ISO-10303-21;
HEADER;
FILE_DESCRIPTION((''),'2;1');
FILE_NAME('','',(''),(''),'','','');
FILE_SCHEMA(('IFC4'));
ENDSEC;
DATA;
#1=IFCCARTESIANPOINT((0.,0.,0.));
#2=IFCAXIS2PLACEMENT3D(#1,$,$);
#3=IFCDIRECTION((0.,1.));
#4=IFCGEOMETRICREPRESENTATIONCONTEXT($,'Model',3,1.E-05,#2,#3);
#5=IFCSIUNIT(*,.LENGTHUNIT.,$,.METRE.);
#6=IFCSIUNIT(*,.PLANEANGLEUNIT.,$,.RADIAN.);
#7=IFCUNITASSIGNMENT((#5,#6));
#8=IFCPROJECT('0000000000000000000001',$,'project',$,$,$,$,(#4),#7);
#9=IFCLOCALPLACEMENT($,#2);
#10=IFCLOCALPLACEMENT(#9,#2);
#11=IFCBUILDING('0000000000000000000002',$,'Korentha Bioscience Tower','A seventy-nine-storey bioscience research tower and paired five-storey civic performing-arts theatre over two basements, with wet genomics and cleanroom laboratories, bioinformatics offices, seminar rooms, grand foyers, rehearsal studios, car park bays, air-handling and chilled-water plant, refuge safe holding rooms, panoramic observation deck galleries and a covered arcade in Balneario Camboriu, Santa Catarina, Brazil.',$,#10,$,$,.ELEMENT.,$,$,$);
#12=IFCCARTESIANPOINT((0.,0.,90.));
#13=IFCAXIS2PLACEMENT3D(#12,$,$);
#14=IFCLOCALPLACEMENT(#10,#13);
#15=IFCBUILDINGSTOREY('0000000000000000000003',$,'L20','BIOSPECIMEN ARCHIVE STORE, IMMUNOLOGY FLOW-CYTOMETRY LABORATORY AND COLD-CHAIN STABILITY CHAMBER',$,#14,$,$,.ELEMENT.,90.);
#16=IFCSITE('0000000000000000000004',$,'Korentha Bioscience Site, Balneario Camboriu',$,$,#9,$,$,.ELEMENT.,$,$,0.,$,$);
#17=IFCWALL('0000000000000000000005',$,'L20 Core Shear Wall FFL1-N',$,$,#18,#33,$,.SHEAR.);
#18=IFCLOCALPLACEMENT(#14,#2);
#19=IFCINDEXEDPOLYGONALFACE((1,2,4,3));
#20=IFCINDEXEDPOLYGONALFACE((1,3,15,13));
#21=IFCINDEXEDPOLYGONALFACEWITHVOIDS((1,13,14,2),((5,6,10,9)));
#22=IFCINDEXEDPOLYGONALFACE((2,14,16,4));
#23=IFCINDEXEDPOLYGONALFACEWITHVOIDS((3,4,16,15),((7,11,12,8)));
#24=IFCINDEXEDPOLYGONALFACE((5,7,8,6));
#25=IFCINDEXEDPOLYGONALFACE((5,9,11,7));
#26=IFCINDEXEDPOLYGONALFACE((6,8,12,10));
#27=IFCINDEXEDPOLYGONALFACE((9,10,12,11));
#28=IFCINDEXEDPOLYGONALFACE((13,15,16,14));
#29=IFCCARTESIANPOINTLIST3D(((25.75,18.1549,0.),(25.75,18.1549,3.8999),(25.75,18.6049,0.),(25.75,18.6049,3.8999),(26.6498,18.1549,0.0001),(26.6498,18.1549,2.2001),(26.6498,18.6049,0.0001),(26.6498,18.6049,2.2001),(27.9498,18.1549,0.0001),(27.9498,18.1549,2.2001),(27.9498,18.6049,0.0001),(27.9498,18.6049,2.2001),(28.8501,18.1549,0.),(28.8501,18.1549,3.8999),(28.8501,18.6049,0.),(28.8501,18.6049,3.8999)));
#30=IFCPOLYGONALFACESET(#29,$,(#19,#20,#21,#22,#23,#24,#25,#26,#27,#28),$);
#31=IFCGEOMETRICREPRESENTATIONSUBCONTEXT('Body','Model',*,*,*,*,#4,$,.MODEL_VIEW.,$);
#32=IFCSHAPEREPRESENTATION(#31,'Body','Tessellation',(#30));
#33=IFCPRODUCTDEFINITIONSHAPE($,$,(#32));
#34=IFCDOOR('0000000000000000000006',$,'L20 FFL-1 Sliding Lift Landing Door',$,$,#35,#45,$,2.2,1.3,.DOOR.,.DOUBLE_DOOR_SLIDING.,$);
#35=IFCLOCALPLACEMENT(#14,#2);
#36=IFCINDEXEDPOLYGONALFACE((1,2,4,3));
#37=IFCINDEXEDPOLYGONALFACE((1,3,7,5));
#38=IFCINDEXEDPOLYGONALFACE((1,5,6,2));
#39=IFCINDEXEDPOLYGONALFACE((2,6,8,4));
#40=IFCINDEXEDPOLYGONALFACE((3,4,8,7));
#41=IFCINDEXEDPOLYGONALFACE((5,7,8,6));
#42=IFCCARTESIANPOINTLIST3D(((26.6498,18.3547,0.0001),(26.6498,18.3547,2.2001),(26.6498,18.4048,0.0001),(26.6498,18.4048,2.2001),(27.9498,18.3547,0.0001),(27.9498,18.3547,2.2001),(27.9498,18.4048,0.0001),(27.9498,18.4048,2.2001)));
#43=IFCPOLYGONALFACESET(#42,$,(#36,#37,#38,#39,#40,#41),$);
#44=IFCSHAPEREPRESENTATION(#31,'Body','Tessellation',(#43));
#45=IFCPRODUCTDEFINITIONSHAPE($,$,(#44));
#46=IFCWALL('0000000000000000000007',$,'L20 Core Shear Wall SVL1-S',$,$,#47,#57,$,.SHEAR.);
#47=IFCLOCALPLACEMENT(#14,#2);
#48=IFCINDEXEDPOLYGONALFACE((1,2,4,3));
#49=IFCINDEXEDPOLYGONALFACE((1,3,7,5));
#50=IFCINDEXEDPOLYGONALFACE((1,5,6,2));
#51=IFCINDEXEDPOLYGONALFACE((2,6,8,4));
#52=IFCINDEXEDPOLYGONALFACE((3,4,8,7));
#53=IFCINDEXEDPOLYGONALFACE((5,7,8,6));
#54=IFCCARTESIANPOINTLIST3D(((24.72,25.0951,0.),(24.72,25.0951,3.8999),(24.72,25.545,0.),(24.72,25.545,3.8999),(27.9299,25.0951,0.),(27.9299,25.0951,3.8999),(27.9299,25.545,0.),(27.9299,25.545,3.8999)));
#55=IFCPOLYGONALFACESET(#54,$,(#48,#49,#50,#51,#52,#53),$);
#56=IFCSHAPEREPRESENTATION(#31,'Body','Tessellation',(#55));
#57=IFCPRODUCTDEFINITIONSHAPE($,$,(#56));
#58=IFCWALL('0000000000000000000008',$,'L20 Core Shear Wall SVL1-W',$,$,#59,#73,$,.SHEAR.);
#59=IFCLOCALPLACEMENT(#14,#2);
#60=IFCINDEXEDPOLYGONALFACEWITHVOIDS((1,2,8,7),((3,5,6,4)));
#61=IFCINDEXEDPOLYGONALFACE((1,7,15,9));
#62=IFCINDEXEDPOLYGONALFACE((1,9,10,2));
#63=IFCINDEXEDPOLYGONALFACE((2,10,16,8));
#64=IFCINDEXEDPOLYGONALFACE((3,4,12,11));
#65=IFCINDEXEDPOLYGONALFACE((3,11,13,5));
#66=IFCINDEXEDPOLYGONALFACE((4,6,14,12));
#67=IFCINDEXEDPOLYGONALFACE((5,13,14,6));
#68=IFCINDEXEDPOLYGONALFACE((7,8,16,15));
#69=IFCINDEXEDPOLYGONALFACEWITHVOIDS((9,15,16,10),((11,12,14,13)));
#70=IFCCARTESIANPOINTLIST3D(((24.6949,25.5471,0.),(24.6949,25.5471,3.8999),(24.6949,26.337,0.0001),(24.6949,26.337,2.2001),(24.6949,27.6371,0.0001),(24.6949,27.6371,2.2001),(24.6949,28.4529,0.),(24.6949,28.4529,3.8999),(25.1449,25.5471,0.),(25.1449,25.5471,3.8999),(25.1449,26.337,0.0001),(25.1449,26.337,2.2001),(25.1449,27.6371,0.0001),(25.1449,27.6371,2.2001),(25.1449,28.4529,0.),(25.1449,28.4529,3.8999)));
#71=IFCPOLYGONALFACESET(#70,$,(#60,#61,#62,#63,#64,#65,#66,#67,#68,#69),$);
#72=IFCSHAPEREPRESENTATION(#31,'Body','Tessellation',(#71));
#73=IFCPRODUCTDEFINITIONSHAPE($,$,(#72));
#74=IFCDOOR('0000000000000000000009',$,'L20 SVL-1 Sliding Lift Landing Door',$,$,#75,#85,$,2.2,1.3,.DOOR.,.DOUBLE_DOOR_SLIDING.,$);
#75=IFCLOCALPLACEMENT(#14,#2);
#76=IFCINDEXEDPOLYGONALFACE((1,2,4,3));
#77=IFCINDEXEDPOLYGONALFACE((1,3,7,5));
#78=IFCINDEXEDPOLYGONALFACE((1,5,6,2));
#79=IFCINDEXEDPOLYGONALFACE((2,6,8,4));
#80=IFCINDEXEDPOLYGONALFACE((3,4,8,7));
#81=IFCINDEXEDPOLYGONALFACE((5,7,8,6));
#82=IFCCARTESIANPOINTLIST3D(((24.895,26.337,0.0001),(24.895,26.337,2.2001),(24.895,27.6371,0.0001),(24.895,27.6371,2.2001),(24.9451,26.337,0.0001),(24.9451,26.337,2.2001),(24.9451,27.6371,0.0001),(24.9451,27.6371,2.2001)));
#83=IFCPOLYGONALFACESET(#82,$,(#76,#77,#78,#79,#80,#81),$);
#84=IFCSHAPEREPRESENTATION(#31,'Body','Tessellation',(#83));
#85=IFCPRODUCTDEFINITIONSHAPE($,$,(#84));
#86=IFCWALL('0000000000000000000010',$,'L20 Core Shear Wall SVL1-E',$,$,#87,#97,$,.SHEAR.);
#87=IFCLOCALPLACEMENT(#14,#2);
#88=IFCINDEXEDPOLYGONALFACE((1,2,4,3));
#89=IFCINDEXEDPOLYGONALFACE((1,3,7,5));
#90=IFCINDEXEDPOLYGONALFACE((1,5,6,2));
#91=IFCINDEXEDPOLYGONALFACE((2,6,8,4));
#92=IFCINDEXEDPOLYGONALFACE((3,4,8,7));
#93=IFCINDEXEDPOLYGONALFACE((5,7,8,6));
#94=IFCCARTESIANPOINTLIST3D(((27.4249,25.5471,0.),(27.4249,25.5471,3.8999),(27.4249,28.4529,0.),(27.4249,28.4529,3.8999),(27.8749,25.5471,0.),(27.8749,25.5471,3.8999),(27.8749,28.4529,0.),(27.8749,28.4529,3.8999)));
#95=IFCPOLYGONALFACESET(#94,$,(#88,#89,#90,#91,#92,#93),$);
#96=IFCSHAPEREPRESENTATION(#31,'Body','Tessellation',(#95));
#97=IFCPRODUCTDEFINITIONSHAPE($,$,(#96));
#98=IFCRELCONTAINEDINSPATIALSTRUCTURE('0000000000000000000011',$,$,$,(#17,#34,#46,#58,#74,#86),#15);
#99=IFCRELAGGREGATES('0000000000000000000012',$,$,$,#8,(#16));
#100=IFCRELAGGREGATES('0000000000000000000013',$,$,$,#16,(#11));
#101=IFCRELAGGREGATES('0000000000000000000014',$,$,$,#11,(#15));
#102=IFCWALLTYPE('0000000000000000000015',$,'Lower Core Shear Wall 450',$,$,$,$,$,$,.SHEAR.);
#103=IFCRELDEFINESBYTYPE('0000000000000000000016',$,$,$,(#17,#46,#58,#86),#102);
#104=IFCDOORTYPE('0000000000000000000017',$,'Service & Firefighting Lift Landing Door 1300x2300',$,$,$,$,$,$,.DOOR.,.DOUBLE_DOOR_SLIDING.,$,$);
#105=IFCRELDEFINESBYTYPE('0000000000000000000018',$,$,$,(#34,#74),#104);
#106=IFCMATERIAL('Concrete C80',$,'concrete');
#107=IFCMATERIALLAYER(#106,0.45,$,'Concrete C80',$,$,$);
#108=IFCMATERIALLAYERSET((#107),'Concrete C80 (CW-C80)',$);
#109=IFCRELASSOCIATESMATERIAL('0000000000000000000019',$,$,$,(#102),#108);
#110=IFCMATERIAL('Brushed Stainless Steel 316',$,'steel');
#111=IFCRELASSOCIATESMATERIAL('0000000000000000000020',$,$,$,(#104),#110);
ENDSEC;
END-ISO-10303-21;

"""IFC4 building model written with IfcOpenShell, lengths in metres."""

from ifc_helpers import new_model, si_unit, direction, frame, frame_2d, origin, place, context, subcontext, project, spatial, rectangle, extrude, material, layer, layer_set, type_object, element, fill, save


model = new_model("IFC4")

# Units and contexts
model_context = context("Model", 3, precision=1e-05, world=origin(), true_north=direction((0.0, 1.0)))
body_context = subcontext(model_context, "Body", "Model", "MODEL_VIEW")
ifc_project = project(units=[si_unit("LENGTHUNIT", "METRE"), si_unit("PLANEANGLEUNIT", "RADIAN")], contexts=[model_context])

# Site, building, storey
site_placement = place(None, origin())
site = spatial("IfcSite", under=ifc_project, at=site_placement, Name="Korentha Bioscience Site, Balneario Camboriu", CompositionType="ELEMENT", RefElevation=0.0)
building_placement = place(site_placement, origin())
building = spatial("IfcBuilding", under=site, at=building_placement, Name="Korentha Bioscience Tower", Description="A seventy-nine-storey bioscience research tower and paired five-storey civic performing-arts theatre over two basements, with wet genomics and cleanroom laboratories, bioinformatics offices, seminar rooms, grand foyers, rehearsal studios, car park bays, air-handling and chilled-water plant, refuge safe holding rooms, panoramic observation deck galleries and a covered arcade in Balneario Camboriu, Santa Catarina, Brazil.", CompositionType="ELEMENT")
storey_placement = place(building_placement, frame((0.0, 0.0, 90.0)))
storey = spatial("IfcBuildingStorey", under=building, at=storey_placement, Name="L20", Description="BIOSPECIMEN ARCHIVE STORE, IMMUNOLOGY FLOW-CYTOMETRY LABORATORY AND COLD-CHAIN STABILITY CHAMBER", CompositionType="ELEMENT", Elevation=90.0)

# Shared definitions
ifc_material_1 = material(Name="Concrete C80", Category="concrete")

# Shared definitions
ifc_layer_1 = layer(ifc_material_1, 0.45, Name="Concrete C80")
ifc_layer_set_1 = layer_set([ifc_layer_1], Name="Concrete C80 (CW-C80)")
wall_type_1 = type_object("IfcWallType", Name="Lower Core Shear Wall 450", PredefinedType="SHEAR", material=ifc_layer_set_1)

# Wall, opening, door
wall_1_placement = place(storey_placement, frame((25.75, 18.3799, 0.0), z_axis=(0.0, 0.0, 1.0), x_axis=(1.0, 0.0, 0.0)))
wall_1 = element("IfcWall", 1, at=wall_1_placement, inside=storey, type_object=wall_type_1, Name="L20 Core Shear Wall FFL1-N", PredefinedType="SHEAR", context=body_context, shape_type="SweptSolid", body=[
    extrude(rectangle(XDim=3.1001, YDim=0.45, at=frame_2d((1.55, 0.0))), origin(), (0.0, 0.0, 1.0), 3.8999),
])
opening_1_placement = place(wall_1_placement, frame((0.8999, 0.0, 0.0)))
opening_1 = element("IfcOpeningElement", 2, at=opening_1_placement, cuts=wall_1, PredefinedType="OPENING", context=body_context, shape_type="SweptSolid", body=[
    extrude(rectangle(XDim=1.3, YDim=2.2, at=frame_2d((0.6499, 1.1001))), frame((0.0, 0.2397, 0.0), z_axis=(0.0, -1.0, 0.0), x_axis=(1.0, 0.0, 0.0)), (0.0, 0.0, 1.0), 0.4797),
])
ifc_material_2 = material(Name="Brushed Stainless Steel 316", Category="steel")
door_type_1 = type_object("IfcDoorType", Name="Service & Firefighting Lift Landing Door 1300x2300", OperationType="DOUBLE_DOOR_SLIDING", PredefinedType="DOOR", material=ifc_material_2)
door_1_placement = place(opening_1_placement, origin())
door_1 = element("IfcDoor", 3, at=door_1_placement, inside=storey, type_object=door_type_1, Name="L20 FFL-1 Sliding Lift Landing Door", OperationType="DOUBLE_DOOR_SLIDING", OverallHeight=2.2, OverallWidth=1.3, PredefinedType="DOOR", context=body_context, shape_type="SweptSolid", body=[
    extrude(rectangle(XDim=1.3, YDim=2.2, at=frame_2d((0.6499, 1.1001))), frame((0.0, 0.0249, 0.0), z_axis=(0.0, -1.0, 0.0), x_axis=(1.0, 0.0, 0.0)), (0.0, 0.0, 1.0), 0.05),
])
fill(opening_1, door_1)

# Wall
wall_2_placement = place(storey_placement, frame((24.72, 25.3201, 0.0), z_axis=(0.0, 0.0, 1.0), x_axis=(1.0, 0.0, 0.0)))
element("IfcWall", 4, at=wall_2_placement, inside=storey, type_object=wall_type_1, Name="L20 Core Shear Wall SVL1-S", PredefinedType="SHEAR", context=body_context, shape_type="SweptSolid", body=[
    extrude(rectangle(XDim=3.21, YDim=0.45, at=frame_2d((1.605, 0.0))), origin(), (0.0, 0.0, 1.0), 3.8999),
])

# Wall, opening, door
wall_3_placement = place(storey_placement, frame((24.9199, 25.5471, 0.0), z_axis=(0.0, 0.0, 1.0), x_axis=(0.0, 1.0, 0.0)))
wall_3 = element("IfcWall", 5, at=wall_3_placement, inside=storey, type_object=wall_type_1, Name="L20 Core Shear Wall SVL1-W", PredefinedType="SHEAR", context=body_context, shape_type="SweptSolid", body=[
    extrude(rectangle(XDim=2.9058, YDim=0.45, at=frame_2d((1.4529, 0.0))), origin(), (0.0, 0.0, 1.0), 3.8999),
])
opening_2_placement = place(wall_3_placement, frame((0.79, 0.0, 0.0)))
opening_2 = element("IfcOpeningElement", 6, at=opening_2_placement, cuts=wall_3, PredefinedType="OPENING", context=body_context, shape_type="SweptSolid", body=[
    extrude(rectangle(XDim=1.3, YDim=2.2, at=frame_2d((0.6499, 1.1001))), frame((0.0, 0.2397, 0.0), z_axis=(0.0, -1.0, 0.0), x_axis=(1.0, 0.0, 0.0)), (0.0, 0.0, 1.0), 0.4797),
])
door_2_placement = place(opening_2_placement, origin())
door_2 = element("IfcDoor", 7, at=door_2_placement, inside=storey, type_object=door_type_1, Name="L20 SVL-1 Sliding Lift Landing Door", OperationType="DOUBLE_DOOR_SLIDING", OverallHeight=2.2, OverallWidth=1.3, PredefinedType="DOOR", context=body_context, shape_type="SweptSolid", body=[
    extrude(rectangle(XDim=1.3, YDim=2.2, at=frame_2d((0.6499, 1.1001))), frame((0.0, 0.0249, 0.0), z_axis=(0.0, -1.0, 0.0), x_axis=(1.0, 0.0, 0.0)), (0.0, 0.0, 1.0), 0.05),
])
fill(opening_2, door_2)

# Wall
wall_4_placement = place(storey_placement, frame((27.6499, 25.5471, 0.0), z_axis=(0.0, 0.0, 1.0), x_axis=(0.0, 1.0, 0.0)))
element("IfcWall", 8, at=wall_4_placement, inside=storey, type_object=wall_type_1, Name="L20 Core Shear Wall SVL1-E", PredefinedType="SHEAR", context=body_context, shape_type="SweptSolid", body=[
    extrude(rectangle(XDim=2.9058, YDim=0.45, at=frame_2d((1.4529, 0.0))), origin(), (0.0, 0.0, 1.0), 3.8999),
])

save(model, "model.ifc")
